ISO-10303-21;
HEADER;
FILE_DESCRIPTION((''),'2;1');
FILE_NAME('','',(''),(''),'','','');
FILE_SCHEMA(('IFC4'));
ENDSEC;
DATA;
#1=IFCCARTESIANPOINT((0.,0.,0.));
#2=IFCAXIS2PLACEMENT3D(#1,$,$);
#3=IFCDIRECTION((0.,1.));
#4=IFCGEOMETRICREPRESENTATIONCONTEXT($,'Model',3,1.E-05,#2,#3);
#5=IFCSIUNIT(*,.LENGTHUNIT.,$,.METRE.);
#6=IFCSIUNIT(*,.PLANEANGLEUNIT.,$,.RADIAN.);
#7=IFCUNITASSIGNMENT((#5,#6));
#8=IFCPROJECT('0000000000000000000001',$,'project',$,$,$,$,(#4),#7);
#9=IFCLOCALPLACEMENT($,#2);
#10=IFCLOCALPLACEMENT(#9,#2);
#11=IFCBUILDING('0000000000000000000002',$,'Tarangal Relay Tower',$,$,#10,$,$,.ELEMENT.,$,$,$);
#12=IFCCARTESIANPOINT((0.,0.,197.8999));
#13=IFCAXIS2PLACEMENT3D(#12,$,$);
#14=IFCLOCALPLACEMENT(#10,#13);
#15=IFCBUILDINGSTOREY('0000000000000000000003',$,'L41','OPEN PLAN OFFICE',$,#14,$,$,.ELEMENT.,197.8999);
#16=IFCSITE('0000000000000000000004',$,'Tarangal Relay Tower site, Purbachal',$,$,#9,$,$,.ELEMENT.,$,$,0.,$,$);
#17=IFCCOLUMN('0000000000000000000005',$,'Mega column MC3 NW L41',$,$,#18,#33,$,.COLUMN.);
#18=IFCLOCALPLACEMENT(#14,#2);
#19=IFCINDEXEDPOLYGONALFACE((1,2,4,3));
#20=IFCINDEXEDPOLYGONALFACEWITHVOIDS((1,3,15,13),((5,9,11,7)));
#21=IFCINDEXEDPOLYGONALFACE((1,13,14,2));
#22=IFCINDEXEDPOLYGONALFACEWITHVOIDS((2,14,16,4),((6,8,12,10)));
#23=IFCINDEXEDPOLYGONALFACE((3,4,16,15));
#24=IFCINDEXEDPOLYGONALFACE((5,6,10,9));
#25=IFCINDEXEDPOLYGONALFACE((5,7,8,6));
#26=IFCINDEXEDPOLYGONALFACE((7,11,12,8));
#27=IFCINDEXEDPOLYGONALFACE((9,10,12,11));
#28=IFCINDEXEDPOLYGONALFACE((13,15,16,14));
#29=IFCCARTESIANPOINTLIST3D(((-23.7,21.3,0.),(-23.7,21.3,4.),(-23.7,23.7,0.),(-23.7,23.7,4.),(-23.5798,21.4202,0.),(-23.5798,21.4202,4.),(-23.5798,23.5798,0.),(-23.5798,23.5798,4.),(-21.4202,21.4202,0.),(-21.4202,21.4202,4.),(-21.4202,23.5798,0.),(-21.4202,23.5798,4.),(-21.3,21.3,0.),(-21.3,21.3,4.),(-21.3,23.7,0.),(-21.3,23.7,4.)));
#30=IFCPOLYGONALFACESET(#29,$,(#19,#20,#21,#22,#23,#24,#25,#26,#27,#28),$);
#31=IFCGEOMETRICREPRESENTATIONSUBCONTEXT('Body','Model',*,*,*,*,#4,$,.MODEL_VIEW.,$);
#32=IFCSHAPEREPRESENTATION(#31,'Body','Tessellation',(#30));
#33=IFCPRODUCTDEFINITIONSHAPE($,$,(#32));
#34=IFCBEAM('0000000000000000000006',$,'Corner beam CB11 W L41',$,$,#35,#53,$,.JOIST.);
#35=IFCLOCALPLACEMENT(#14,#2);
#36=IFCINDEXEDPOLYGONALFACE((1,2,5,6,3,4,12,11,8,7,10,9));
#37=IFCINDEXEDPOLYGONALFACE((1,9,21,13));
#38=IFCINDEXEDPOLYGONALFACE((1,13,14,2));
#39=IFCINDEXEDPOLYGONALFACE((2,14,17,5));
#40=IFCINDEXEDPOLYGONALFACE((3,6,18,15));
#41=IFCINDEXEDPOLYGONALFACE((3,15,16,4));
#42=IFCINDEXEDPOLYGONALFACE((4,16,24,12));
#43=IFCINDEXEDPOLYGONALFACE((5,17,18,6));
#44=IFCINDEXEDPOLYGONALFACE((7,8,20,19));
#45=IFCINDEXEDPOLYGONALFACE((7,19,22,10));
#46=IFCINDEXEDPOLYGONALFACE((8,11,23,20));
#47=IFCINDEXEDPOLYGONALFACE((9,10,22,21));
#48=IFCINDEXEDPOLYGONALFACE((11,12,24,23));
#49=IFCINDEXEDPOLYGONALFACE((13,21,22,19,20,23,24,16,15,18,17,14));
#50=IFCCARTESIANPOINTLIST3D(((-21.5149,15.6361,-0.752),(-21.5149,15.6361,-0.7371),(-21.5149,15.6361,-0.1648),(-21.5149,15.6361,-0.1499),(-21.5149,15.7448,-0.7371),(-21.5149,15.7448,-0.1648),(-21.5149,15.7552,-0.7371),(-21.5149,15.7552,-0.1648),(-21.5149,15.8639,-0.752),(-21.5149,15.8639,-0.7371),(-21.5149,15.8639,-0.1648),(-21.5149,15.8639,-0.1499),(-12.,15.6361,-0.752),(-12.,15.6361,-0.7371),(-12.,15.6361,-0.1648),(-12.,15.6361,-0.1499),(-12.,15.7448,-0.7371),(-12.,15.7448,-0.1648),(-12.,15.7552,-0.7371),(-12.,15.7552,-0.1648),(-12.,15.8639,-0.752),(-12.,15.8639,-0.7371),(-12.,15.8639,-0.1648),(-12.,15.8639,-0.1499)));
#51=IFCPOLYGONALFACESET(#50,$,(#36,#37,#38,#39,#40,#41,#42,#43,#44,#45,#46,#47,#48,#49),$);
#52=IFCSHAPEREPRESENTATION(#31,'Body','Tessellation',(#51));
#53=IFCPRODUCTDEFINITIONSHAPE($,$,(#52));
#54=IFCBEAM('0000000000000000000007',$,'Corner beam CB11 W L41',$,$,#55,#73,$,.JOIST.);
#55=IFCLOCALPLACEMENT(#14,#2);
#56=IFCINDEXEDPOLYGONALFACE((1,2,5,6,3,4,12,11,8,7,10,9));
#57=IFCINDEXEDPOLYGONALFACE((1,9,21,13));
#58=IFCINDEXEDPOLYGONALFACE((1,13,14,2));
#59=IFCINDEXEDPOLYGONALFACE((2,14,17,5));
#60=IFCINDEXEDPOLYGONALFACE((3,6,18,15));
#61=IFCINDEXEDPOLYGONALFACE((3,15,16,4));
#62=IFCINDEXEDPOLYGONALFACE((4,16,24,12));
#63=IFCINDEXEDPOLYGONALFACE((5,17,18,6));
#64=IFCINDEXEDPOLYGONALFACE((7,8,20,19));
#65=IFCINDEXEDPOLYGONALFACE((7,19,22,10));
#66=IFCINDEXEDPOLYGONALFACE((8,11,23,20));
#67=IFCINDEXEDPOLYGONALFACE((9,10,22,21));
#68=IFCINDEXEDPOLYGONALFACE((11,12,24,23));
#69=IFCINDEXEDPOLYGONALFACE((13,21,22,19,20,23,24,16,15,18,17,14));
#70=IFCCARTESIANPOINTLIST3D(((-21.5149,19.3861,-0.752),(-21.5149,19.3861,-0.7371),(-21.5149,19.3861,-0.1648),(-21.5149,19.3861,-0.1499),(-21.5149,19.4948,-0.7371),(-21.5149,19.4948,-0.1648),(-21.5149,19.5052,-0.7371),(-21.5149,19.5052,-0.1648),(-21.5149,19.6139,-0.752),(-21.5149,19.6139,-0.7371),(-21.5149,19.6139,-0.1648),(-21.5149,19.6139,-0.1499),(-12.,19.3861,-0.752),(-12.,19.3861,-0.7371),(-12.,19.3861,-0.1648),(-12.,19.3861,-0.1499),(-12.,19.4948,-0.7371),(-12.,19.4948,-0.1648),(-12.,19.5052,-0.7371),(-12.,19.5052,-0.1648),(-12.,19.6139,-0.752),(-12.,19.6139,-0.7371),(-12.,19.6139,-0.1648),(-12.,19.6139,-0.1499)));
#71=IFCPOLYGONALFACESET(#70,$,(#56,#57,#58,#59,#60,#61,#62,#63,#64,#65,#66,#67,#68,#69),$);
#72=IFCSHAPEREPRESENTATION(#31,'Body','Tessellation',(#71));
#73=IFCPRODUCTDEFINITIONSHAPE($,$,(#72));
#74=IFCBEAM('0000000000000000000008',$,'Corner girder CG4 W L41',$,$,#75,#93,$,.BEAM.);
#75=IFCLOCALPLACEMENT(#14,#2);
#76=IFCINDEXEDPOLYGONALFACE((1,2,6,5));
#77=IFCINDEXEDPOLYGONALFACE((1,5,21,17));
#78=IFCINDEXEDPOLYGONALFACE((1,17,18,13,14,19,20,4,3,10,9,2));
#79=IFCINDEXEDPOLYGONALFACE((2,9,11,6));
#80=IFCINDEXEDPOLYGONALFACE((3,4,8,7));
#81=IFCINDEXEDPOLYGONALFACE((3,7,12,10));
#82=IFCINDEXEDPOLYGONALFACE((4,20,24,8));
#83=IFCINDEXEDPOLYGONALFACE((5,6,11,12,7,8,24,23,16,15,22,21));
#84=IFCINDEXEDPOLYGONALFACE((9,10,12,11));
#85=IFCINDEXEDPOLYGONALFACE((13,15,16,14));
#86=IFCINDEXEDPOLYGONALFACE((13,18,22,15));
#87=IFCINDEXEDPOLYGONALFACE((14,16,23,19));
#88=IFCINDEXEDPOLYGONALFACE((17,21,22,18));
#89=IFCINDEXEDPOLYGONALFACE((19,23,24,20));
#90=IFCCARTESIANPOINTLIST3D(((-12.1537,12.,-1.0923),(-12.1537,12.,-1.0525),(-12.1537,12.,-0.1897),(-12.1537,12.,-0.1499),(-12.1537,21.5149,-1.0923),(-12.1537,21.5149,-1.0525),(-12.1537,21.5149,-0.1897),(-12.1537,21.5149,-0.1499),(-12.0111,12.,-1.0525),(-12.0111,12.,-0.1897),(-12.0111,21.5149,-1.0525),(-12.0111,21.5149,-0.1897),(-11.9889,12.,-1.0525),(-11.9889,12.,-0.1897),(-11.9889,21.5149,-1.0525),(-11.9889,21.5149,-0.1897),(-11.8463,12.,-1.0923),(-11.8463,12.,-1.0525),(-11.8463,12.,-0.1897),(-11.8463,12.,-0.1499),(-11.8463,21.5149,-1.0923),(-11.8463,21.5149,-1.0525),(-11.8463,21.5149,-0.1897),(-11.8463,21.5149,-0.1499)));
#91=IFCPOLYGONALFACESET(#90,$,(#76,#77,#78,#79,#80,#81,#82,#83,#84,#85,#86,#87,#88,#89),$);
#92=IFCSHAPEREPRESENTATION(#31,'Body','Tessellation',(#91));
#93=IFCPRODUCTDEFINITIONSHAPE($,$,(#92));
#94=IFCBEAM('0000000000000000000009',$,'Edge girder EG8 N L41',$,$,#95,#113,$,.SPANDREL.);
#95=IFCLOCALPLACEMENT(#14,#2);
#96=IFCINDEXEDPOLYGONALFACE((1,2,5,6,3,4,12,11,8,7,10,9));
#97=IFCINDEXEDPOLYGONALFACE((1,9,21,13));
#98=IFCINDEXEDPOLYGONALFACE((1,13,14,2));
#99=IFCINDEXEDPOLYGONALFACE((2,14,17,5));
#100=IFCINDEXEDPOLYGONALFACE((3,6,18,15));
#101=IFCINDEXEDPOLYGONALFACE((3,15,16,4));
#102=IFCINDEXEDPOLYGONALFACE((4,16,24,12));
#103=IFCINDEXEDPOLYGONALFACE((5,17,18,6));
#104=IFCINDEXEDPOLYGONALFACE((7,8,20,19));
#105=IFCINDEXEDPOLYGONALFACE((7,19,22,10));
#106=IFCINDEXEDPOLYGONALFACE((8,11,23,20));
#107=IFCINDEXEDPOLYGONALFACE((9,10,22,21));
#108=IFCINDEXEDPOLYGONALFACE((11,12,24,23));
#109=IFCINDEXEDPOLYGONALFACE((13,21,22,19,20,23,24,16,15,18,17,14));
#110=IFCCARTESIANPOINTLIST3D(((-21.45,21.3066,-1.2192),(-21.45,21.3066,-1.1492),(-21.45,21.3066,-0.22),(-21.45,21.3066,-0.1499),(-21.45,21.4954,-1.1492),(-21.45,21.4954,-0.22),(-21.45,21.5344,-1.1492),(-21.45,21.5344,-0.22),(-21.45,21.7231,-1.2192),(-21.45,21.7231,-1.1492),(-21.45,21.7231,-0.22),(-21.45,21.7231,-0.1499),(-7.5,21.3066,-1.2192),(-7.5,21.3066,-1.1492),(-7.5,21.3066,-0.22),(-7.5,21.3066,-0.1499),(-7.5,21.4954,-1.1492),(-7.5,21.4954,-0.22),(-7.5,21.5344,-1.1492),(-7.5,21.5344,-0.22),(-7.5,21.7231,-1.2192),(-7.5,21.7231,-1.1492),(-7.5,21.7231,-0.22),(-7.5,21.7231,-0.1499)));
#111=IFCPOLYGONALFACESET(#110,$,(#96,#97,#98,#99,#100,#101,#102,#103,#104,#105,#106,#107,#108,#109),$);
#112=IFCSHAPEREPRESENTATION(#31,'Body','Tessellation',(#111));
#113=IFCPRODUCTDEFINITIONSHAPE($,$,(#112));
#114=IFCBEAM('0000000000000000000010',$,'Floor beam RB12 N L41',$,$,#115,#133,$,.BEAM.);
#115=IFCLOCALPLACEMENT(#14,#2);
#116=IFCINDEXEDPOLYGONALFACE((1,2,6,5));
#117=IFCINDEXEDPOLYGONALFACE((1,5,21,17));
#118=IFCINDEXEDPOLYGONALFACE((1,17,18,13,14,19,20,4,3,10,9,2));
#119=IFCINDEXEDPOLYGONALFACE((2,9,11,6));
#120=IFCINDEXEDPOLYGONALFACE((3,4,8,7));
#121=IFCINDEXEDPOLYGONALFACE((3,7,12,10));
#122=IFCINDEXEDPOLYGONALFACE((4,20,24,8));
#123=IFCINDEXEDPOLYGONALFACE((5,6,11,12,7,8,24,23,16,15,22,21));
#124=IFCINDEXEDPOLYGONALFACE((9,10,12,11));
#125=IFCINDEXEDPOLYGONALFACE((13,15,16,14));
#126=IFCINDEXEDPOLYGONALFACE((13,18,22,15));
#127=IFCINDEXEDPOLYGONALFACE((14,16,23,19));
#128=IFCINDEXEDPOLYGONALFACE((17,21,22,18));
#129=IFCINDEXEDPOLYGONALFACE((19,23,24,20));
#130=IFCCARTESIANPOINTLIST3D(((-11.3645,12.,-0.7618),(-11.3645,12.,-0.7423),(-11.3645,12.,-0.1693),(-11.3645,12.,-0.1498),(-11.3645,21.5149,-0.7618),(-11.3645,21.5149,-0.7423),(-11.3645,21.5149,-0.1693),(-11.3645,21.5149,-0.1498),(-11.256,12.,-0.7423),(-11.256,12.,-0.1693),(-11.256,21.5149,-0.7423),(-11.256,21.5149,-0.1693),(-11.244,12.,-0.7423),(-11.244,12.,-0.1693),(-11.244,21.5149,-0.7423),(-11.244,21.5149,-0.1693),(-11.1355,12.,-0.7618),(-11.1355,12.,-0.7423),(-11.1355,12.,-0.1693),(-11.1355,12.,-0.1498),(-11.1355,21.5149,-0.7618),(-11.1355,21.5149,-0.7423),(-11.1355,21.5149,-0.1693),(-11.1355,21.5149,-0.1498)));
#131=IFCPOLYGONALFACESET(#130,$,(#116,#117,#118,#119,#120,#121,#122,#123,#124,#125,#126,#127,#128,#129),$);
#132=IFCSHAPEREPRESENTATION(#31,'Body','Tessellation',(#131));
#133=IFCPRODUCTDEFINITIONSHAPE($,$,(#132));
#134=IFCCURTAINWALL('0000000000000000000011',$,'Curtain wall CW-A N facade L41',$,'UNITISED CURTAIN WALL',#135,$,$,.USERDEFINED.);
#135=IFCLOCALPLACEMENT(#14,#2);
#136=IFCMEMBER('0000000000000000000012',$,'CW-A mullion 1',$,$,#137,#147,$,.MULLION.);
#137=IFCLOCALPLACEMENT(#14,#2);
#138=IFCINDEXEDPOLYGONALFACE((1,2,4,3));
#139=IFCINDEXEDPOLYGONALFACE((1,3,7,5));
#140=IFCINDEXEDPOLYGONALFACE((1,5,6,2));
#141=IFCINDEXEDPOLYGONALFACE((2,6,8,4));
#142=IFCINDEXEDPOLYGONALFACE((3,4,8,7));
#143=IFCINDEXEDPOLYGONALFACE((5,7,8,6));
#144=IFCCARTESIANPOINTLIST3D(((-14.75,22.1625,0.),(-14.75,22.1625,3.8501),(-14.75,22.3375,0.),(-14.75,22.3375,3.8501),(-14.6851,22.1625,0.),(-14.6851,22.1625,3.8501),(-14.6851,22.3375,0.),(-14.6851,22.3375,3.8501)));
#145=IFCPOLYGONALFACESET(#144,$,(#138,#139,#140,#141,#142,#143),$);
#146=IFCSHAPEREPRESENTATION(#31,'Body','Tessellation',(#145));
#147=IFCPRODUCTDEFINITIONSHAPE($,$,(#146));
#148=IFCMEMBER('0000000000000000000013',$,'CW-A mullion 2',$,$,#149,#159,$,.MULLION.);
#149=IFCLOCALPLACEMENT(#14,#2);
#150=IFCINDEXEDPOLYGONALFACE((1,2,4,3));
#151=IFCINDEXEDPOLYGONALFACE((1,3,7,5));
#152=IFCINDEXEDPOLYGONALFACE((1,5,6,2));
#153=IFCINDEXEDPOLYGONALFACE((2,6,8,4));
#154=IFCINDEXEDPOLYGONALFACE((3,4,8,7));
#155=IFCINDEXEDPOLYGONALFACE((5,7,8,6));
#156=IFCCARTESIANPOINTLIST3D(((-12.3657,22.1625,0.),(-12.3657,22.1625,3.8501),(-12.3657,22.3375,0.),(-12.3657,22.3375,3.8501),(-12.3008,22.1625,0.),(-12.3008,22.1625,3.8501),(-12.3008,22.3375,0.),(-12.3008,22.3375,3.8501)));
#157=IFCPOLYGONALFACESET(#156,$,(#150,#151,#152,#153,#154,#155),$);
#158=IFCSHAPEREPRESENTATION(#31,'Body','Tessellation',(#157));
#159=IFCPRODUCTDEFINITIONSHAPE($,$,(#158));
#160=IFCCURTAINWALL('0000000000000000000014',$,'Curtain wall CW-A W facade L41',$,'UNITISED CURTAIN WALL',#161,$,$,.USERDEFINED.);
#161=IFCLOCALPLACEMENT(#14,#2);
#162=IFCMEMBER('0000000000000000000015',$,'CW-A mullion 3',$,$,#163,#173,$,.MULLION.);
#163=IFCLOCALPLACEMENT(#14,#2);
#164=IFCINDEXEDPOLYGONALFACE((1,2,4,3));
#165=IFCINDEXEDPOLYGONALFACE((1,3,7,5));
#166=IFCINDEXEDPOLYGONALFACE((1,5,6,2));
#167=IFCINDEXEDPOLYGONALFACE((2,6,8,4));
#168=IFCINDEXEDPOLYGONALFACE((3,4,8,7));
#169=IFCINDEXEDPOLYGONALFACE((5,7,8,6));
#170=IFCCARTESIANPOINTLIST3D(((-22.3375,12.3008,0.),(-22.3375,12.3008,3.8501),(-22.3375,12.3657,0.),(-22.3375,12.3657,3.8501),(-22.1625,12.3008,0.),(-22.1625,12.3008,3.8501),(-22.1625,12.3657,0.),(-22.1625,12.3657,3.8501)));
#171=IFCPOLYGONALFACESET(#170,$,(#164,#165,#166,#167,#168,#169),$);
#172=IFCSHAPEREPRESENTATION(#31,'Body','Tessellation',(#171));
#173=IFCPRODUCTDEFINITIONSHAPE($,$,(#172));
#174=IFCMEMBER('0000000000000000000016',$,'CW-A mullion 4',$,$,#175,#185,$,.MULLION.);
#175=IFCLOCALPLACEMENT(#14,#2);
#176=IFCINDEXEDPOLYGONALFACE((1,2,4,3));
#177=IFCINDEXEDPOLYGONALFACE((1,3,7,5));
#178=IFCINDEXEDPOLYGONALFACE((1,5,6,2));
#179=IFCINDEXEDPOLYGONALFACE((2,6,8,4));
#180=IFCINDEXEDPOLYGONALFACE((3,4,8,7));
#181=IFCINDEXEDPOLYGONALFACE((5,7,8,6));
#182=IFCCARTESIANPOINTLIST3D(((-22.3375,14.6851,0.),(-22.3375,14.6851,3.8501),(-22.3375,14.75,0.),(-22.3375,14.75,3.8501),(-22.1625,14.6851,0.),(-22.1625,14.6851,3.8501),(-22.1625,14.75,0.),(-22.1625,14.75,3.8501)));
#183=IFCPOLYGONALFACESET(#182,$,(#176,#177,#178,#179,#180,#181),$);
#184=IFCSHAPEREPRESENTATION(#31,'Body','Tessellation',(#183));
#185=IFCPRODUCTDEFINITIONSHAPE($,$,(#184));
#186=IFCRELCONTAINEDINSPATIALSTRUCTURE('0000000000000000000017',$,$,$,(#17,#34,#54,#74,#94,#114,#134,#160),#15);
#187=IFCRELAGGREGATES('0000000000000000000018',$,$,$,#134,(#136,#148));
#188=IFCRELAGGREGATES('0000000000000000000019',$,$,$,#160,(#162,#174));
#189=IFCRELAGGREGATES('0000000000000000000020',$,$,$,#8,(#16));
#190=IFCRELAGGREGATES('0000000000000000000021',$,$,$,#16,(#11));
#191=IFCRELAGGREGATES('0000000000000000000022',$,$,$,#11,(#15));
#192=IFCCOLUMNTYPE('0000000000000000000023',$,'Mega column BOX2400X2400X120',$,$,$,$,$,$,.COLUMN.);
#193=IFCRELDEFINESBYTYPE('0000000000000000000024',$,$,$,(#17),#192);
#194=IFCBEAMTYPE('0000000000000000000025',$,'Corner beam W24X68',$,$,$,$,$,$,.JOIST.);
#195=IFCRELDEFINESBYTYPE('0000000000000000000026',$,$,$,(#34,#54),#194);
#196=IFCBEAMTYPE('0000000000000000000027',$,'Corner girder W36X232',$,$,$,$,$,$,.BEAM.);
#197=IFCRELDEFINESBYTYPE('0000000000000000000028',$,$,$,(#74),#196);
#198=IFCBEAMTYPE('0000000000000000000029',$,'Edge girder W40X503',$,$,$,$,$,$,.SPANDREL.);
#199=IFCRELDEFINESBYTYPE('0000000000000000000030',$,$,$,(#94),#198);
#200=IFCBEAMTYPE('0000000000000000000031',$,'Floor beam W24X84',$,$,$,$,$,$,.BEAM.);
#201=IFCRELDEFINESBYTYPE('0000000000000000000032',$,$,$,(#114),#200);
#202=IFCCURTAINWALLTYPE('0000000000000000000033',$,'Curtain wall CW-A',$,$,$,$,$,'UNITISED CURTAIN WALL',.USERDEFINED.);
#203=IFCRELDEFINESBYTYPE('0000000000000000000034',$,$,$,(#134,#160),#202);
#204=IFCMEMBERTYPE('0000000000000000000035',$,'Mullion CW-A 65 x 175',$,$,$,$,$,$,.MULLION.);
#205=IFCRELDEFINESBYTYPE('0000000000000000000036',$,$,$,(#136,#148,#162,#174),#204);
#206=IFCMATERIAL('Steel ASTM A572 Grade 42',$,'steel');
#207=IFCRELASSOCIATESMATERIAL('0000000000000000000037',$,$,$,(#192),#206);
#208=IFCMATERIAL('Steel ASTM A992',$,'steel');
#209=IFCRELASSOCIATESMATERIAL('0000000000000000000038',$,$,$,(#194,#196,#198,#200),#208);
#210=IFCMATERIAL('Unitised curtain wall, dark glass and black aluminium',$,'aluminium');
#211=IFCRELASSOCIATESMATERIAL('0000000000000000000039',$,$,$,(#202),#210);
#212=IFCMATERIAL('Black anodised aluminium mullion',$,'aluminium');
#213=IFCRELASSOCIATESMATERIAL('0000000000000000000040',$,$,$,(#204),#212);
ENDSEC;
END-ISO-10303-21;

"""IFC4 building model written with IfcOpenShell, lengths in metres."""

from ifc_helpers import new_model, si_unit, direction, frame, origin, origin_2d, place, context, subcontext, project, spatial, rectangle, hollow_rectangle, i_section, extrude, material, material_profile, profile_set, type_object, element, aggregate, save


model = new_model("IFC4")

# Units and contexts
model_context = context("Model", 3, precision=1e-05, world=origin(), true_north=direction((0.0, 1.0)))
body_context = subcontext(model_context, "Body", "Model", "MODEL_VIEW")
ifc_project = project(units=[si_unit("LENGTHUNIT", "METRE"), si_unit("PLANEANGLEUNIT", "RADIAN")], contexts=[model_context])

# Site, building, storey
site_placement = place(None, origin())
site = spatial("IfcSite", under=ifc_project, at=site_placement, Name="Tarangal Relay Tower site, Purbachal", CompositionType="ELEMENT", RefElevation=0.0)
building_placement = place(site_placement, origin())
building = spatial("IfcBuilding", under=site, at=building_placement, Name="Tarangal Relay Tower", CompositionType="ELEMENT")
storey_placement = place(building_placement, frame((0.0, 0.0, 197.8999)))
storey = spatial("IfcBuildingStorey", under=building, at=storey_placement, Name="L41", Description="OPEN PLAN OFFICE", CompositionType="ELEMENT", Elevation=197.8999)

# Column
ifc_material_1 = material(Name="Steel ASTM A572 Grade 42", Category="steel")
ifc_material_profile_1 = material_profile(ifc_material_1, hollow_rectangle(XDim=2.3999, YDim=2.3999, WallThickness=0.1201, at=origin_2d()), Name="BOX2400X2400X120")
ifc_profile_set_1 = profile_set([ifc_material_profile_1], Name="Steel ASTM A572 Grade 42")
column_type = type_object("IfcColumnType", Name="Mega column BOX2400X2400X120", PredefinedType="COLUMN", material=ifc_profile_set_1)
column_placement = place(storey_placement, frame((-22.5, 22.5, 0.0), z_axis=(0.0, 0.0, 1.0), x_axis=(1.0, 0.0, 0.0)))
element("IfcColumn", 1, at=column_placement, inside=storey, type_object=column_type, Name="Mega column MC3 NW L41", PredefinedType="COLUMN", context=body_context, shape_type="SweptSolid", body=[
    extrude(hollow_rectangle(XDim=2.3999, YDim=2.3999, WallThickness=0.1201, at=origin_2d()), origin(), (0.0, 0.0, 1.0), 4.0),
])

# Beams
ifc_material_2 = material(Name="Steel ASTM A992", Category="steel")
ifc_material_profile_2 = material_profile(ifc_material_2, i_section(OverallWidth=0.2278, OverallDepth=0.6021, WebThickness=0.0105, FlangeThickness=0.0149, at=origin_2d()), Name="W24X68")
ifc_profile_set_2 = profile_set([ifc_material_profile_2], Name="Steel ASTM A992")
beam_type_1 = type_object("IfcBeamType", Name="Corner beam W24X68", PredefinedType="JOIST", material=ifc_profile_set_2)
for number, where, z_axis, x_axis, name in (
    (2, (-12.0, 15.75, -0.4509), (-1.0, 0.0, 0.0), (0.0, -1.0, 0.0), "Corner beam CB11 W L41"),
    (3, (-12.0, 19.5, -0.4509), (-1.0, 0.0, 0.0), (0.0, -1.0, 0.0), "Corner beam CB11 W L41"),
):
    element("IfcBeam", number, at=place(storey_placement, frame(where, z_axis=z_axis, x_axis=x_axis)), inside=storey, type_object=beam_type_1, Name=name, PredefinedType="JOIST", context=body_context, shape_type="SweptSolid", body=[
        extrude(i_section(OverallWidth=0.2278, OverallDepth=0.6021, WebThickness=0.0105, FlangeThickness=0.0149, at=origin_2d()), origin(), (0.0, 0.0, 1.0), 9.5149),
    ])
ifc_material_profile_3 = material_profile(ifc_material_2, i_section(OverallWidth=0.3074, OverallDepth=0.9424, WebThickness=0.0222, FlangeThickness=0.0398, at=origin_2d()), Name="W36X232")
ifc_profile_set_3 = profile_set([ifc_material_profile_3], Name="Steel ASTM A992")
beam_type_2 = type_object("IfcBeamType", Name="Corner girder W36X232", PredefinedType="BEAM", material=ifc_profile_set_3)
beam_1_placement = place(storey_placement, frame((-12.0, 12.0, -0.6211), z_axis=(0.0, 1.0, 0.0), x_axis=(-1.0, 0.0, 0.0)))
element("IfcBeam", 4, at=beam_1_placement, inside=storey, type_object=beam_type_2, Name="Corner girder CG4 W L41", PredefinedType="BEAM", context=body_context, shape_type="SweptSolid", body=[
    extrude(i_section(OverallWidth=0.3074, OverallDepth=0.9424, WebThickness=0.0222, FlangeThickness=0.0398, at=origin_2d()), origin(), (0.0, 0.0, 1.0), 9.5149),
])
ifc_material_profile_4 = material_profile(ifc_material_2, i_section(OverallWidth=0.4165, OverallDepth=1.0693, WebThickness=0.0391, FlangeThickness=0.0701, at=origin_2d()), Name="W40X503")
ifc_profile_set_4 = profile_set([ifc_material_profile_4], Name="Steel ASTM A992")
beam_type_3 = type_object("IfcBeamType", Name="Edge girder W40X503", PredefinedType="SPANDREL", material=ifc_profile_set_4)
beam_2_placement = place(storey_placement, frame((-21.45, 21.5149, -0.6846), z_axis=(1.0, 0.0, 0.0), x_axis=(0.0, 1.0, 0.0)))
element("IfcBeam", 5, at=beam_2_placement, inside=storey, type_object=beam_type_3, Name="Edge girder EG8 N L41", PredefinedType="SPANDREL", context=body_context, shape_type="SweptSolid", body=[
    extrude(i_section(OverallWidth=0.4165, OverallDepth=1.0693, WebThickness=0.0391, FlangeThickness=0.0701, at=origin_2d()), origin(), (0.0, 0.0, 1.0), 13.95),
])
ifc_material_profile_5 = material_profile(ifc_material_2, i_section(OverallWidth=0.229, OverallDepth=0.6121, WebThickness=0.012, FlangeThickness=0.0195, at=origin_2d()), Name="W24X84")
ifc_profile_set_5 = profile_set([ifc_material_profile_5], Name="Steel ASTM A992")
beam_type_4 = type_object("IfcBeamType", Name="Floor beam W24X84", PredefinedType="BEAM", material=ifc_profile_set_5)
beam_3_placement = place(storey_placement, frame((-11.25, 12.0, -0.4558), z_axis=(0.0, 1.0, 0.0), x_axis=(-1.0, 0.0, 0.0)))
element("IfcBeam", 6, at=beam_3_placement, inside=storey, type_object=beam_type_4, Name="Floor beam RB12 N L41", PredefinedType="BEAM", context=body_context, shape_type="SweptSolid", body=[
    extrude(i_section(OverallWidth=0.229, OverallDepth=0.6121, WebThickness=0.012, FlangeThickness=0.0195, at=origin_2d()), origin(), (0.0, 0.0, 1.0), 9.5149),
])

# Curtain walls, members
ifc_material_3 = material(Name="Unitised curtain wall, dark glass and black aluminium", Category="aluminium")
curtain_wall_type = type_object("IfcCurtainWallType", Name="Curtain wall CW-A", ElementType="UNITISED CURTAIN WALL", PredefinedType="USERDEFINED", material=ifc_material_3)
curtain_wall_1_placement = place(storey_placement, origin())
curtain_wall_1 = element("IfcCurtainWall", 7, at=curtain_wall_1_placement, inside=storey, type_object=curtain_wall_type, Name="Curtain wall CW-A N facade L41", ObjectType="UNITISED CURTAIN WALL", PredefinedType="USERDEFINED")
ifc_material_4 = material(Name="Black anodised aluminium mullion", Category="aluminium")
ifc_material_profile_6 = material_profile(ifc_material_4, rectangle(XDim=0.175, YDim=0.0649, at=origin_2d()), Name="CW-AM 65X175")
ifc_profile_set_6 = profile_set([ifc_material_profile_6], Name="Black anodised aluminium mullion")
member_type_1 = type_object("IfcMemberType", Name="Mullion CW-A 65 x 175", PredefinedType="MULLION", material=ifc_profile_set_6)
member_1_placement = place(storey_placement, frame((-14.7175, 22.25, 0.0), z_axis=(0.0, 0.0, 1.0), x_axis=(0.0, 1.0, 0.0)))
member_1 = element("IfcMember", 8, at=member_1_placement, type_object=member_type_1, Name="CW-A mullion 1", PredefinedType="MULLION", context=body_context, shape_type="SweptSolid", body=[
    extrude(rectangle(XDim=0.175, YDim=0.0649, at=origin_2d()), origin(), (0.0, 0.0, 1.0), 3.8501),
])
member_2_placement = place(storey_placement, frame((-12.3333, 22.25, 0.0), z_axis=(0.0, 0.0, 1.0), x_axis=(0.0, 1.0, 0.0)))
member_2 = element("IfcMember", 9, at=member_2_placement, type_object=member_type_1, Name="CW-A mullion 2", PredefinedType="MULLION", context=body_context, shape_type="SweptSolid", body=[
    extrude(rectangle(XDim=0.175, YDim=0.0649, at=origin_2d()), origin(), (0.0, 0.0, 1.0), 3.8501),
])
curtain_wall_2_placement = place(storey_placement, origin())
curtain_wall_2 = element("IfcCurtainWall", 10, at=curtain_wall_2_placement, inside=storey, type_object=curtain_wall_type, Name="Curtain wall CW-A W facade L41", ObjectType="UNITISED CURTAIN WALL", PredefinedType="USERDEFINED")
member_3_placement = place(storey_placement, frame((-22.25, 12.3333, 0.0), z_axis=(0.0, 0.0, 1.0), x_axis=(-1.0, 0.0, 0.0)))
member_3 = element("IfcMember", 11, at=member_3_placement, type_object=member_type_1, Name="CW-A mullion 3", PredefinedType="MULLION", context=body_context, shape_type="SweptSolid", body=[
    extrude(rectangle(XDim=0.175, YDim=0.0649, at=origin_2d()), origin(), (0.0, 0.0, 1.0), 3.8501),
])
member_4_placement = place(storey_placement, frame((-22.25, 14.7175, 0.0), z_axis=(0.0, 0.0, 1.0), x_axis=(-1.0, 0.0, 0.0)))
member_4 = element("IfcMember", 12, at=member_4_placement, type_object=member_type_1, Name="CW-A mullion 4", PredefinedType="MULLION", context=body_context, shape_type="SweptSolid", body=[
    extrude(rectangle(XDim=0.175, YDim=0.0649, at=origin_2d()), origin(), (0.0, 0.0, 1.0), 3.8501),
])

aggregate(curtain_wall_1, [member_1, member_2])
aggregate(curtain_wall_2, [member_3, member_4])

save(model, "model.ifc")
